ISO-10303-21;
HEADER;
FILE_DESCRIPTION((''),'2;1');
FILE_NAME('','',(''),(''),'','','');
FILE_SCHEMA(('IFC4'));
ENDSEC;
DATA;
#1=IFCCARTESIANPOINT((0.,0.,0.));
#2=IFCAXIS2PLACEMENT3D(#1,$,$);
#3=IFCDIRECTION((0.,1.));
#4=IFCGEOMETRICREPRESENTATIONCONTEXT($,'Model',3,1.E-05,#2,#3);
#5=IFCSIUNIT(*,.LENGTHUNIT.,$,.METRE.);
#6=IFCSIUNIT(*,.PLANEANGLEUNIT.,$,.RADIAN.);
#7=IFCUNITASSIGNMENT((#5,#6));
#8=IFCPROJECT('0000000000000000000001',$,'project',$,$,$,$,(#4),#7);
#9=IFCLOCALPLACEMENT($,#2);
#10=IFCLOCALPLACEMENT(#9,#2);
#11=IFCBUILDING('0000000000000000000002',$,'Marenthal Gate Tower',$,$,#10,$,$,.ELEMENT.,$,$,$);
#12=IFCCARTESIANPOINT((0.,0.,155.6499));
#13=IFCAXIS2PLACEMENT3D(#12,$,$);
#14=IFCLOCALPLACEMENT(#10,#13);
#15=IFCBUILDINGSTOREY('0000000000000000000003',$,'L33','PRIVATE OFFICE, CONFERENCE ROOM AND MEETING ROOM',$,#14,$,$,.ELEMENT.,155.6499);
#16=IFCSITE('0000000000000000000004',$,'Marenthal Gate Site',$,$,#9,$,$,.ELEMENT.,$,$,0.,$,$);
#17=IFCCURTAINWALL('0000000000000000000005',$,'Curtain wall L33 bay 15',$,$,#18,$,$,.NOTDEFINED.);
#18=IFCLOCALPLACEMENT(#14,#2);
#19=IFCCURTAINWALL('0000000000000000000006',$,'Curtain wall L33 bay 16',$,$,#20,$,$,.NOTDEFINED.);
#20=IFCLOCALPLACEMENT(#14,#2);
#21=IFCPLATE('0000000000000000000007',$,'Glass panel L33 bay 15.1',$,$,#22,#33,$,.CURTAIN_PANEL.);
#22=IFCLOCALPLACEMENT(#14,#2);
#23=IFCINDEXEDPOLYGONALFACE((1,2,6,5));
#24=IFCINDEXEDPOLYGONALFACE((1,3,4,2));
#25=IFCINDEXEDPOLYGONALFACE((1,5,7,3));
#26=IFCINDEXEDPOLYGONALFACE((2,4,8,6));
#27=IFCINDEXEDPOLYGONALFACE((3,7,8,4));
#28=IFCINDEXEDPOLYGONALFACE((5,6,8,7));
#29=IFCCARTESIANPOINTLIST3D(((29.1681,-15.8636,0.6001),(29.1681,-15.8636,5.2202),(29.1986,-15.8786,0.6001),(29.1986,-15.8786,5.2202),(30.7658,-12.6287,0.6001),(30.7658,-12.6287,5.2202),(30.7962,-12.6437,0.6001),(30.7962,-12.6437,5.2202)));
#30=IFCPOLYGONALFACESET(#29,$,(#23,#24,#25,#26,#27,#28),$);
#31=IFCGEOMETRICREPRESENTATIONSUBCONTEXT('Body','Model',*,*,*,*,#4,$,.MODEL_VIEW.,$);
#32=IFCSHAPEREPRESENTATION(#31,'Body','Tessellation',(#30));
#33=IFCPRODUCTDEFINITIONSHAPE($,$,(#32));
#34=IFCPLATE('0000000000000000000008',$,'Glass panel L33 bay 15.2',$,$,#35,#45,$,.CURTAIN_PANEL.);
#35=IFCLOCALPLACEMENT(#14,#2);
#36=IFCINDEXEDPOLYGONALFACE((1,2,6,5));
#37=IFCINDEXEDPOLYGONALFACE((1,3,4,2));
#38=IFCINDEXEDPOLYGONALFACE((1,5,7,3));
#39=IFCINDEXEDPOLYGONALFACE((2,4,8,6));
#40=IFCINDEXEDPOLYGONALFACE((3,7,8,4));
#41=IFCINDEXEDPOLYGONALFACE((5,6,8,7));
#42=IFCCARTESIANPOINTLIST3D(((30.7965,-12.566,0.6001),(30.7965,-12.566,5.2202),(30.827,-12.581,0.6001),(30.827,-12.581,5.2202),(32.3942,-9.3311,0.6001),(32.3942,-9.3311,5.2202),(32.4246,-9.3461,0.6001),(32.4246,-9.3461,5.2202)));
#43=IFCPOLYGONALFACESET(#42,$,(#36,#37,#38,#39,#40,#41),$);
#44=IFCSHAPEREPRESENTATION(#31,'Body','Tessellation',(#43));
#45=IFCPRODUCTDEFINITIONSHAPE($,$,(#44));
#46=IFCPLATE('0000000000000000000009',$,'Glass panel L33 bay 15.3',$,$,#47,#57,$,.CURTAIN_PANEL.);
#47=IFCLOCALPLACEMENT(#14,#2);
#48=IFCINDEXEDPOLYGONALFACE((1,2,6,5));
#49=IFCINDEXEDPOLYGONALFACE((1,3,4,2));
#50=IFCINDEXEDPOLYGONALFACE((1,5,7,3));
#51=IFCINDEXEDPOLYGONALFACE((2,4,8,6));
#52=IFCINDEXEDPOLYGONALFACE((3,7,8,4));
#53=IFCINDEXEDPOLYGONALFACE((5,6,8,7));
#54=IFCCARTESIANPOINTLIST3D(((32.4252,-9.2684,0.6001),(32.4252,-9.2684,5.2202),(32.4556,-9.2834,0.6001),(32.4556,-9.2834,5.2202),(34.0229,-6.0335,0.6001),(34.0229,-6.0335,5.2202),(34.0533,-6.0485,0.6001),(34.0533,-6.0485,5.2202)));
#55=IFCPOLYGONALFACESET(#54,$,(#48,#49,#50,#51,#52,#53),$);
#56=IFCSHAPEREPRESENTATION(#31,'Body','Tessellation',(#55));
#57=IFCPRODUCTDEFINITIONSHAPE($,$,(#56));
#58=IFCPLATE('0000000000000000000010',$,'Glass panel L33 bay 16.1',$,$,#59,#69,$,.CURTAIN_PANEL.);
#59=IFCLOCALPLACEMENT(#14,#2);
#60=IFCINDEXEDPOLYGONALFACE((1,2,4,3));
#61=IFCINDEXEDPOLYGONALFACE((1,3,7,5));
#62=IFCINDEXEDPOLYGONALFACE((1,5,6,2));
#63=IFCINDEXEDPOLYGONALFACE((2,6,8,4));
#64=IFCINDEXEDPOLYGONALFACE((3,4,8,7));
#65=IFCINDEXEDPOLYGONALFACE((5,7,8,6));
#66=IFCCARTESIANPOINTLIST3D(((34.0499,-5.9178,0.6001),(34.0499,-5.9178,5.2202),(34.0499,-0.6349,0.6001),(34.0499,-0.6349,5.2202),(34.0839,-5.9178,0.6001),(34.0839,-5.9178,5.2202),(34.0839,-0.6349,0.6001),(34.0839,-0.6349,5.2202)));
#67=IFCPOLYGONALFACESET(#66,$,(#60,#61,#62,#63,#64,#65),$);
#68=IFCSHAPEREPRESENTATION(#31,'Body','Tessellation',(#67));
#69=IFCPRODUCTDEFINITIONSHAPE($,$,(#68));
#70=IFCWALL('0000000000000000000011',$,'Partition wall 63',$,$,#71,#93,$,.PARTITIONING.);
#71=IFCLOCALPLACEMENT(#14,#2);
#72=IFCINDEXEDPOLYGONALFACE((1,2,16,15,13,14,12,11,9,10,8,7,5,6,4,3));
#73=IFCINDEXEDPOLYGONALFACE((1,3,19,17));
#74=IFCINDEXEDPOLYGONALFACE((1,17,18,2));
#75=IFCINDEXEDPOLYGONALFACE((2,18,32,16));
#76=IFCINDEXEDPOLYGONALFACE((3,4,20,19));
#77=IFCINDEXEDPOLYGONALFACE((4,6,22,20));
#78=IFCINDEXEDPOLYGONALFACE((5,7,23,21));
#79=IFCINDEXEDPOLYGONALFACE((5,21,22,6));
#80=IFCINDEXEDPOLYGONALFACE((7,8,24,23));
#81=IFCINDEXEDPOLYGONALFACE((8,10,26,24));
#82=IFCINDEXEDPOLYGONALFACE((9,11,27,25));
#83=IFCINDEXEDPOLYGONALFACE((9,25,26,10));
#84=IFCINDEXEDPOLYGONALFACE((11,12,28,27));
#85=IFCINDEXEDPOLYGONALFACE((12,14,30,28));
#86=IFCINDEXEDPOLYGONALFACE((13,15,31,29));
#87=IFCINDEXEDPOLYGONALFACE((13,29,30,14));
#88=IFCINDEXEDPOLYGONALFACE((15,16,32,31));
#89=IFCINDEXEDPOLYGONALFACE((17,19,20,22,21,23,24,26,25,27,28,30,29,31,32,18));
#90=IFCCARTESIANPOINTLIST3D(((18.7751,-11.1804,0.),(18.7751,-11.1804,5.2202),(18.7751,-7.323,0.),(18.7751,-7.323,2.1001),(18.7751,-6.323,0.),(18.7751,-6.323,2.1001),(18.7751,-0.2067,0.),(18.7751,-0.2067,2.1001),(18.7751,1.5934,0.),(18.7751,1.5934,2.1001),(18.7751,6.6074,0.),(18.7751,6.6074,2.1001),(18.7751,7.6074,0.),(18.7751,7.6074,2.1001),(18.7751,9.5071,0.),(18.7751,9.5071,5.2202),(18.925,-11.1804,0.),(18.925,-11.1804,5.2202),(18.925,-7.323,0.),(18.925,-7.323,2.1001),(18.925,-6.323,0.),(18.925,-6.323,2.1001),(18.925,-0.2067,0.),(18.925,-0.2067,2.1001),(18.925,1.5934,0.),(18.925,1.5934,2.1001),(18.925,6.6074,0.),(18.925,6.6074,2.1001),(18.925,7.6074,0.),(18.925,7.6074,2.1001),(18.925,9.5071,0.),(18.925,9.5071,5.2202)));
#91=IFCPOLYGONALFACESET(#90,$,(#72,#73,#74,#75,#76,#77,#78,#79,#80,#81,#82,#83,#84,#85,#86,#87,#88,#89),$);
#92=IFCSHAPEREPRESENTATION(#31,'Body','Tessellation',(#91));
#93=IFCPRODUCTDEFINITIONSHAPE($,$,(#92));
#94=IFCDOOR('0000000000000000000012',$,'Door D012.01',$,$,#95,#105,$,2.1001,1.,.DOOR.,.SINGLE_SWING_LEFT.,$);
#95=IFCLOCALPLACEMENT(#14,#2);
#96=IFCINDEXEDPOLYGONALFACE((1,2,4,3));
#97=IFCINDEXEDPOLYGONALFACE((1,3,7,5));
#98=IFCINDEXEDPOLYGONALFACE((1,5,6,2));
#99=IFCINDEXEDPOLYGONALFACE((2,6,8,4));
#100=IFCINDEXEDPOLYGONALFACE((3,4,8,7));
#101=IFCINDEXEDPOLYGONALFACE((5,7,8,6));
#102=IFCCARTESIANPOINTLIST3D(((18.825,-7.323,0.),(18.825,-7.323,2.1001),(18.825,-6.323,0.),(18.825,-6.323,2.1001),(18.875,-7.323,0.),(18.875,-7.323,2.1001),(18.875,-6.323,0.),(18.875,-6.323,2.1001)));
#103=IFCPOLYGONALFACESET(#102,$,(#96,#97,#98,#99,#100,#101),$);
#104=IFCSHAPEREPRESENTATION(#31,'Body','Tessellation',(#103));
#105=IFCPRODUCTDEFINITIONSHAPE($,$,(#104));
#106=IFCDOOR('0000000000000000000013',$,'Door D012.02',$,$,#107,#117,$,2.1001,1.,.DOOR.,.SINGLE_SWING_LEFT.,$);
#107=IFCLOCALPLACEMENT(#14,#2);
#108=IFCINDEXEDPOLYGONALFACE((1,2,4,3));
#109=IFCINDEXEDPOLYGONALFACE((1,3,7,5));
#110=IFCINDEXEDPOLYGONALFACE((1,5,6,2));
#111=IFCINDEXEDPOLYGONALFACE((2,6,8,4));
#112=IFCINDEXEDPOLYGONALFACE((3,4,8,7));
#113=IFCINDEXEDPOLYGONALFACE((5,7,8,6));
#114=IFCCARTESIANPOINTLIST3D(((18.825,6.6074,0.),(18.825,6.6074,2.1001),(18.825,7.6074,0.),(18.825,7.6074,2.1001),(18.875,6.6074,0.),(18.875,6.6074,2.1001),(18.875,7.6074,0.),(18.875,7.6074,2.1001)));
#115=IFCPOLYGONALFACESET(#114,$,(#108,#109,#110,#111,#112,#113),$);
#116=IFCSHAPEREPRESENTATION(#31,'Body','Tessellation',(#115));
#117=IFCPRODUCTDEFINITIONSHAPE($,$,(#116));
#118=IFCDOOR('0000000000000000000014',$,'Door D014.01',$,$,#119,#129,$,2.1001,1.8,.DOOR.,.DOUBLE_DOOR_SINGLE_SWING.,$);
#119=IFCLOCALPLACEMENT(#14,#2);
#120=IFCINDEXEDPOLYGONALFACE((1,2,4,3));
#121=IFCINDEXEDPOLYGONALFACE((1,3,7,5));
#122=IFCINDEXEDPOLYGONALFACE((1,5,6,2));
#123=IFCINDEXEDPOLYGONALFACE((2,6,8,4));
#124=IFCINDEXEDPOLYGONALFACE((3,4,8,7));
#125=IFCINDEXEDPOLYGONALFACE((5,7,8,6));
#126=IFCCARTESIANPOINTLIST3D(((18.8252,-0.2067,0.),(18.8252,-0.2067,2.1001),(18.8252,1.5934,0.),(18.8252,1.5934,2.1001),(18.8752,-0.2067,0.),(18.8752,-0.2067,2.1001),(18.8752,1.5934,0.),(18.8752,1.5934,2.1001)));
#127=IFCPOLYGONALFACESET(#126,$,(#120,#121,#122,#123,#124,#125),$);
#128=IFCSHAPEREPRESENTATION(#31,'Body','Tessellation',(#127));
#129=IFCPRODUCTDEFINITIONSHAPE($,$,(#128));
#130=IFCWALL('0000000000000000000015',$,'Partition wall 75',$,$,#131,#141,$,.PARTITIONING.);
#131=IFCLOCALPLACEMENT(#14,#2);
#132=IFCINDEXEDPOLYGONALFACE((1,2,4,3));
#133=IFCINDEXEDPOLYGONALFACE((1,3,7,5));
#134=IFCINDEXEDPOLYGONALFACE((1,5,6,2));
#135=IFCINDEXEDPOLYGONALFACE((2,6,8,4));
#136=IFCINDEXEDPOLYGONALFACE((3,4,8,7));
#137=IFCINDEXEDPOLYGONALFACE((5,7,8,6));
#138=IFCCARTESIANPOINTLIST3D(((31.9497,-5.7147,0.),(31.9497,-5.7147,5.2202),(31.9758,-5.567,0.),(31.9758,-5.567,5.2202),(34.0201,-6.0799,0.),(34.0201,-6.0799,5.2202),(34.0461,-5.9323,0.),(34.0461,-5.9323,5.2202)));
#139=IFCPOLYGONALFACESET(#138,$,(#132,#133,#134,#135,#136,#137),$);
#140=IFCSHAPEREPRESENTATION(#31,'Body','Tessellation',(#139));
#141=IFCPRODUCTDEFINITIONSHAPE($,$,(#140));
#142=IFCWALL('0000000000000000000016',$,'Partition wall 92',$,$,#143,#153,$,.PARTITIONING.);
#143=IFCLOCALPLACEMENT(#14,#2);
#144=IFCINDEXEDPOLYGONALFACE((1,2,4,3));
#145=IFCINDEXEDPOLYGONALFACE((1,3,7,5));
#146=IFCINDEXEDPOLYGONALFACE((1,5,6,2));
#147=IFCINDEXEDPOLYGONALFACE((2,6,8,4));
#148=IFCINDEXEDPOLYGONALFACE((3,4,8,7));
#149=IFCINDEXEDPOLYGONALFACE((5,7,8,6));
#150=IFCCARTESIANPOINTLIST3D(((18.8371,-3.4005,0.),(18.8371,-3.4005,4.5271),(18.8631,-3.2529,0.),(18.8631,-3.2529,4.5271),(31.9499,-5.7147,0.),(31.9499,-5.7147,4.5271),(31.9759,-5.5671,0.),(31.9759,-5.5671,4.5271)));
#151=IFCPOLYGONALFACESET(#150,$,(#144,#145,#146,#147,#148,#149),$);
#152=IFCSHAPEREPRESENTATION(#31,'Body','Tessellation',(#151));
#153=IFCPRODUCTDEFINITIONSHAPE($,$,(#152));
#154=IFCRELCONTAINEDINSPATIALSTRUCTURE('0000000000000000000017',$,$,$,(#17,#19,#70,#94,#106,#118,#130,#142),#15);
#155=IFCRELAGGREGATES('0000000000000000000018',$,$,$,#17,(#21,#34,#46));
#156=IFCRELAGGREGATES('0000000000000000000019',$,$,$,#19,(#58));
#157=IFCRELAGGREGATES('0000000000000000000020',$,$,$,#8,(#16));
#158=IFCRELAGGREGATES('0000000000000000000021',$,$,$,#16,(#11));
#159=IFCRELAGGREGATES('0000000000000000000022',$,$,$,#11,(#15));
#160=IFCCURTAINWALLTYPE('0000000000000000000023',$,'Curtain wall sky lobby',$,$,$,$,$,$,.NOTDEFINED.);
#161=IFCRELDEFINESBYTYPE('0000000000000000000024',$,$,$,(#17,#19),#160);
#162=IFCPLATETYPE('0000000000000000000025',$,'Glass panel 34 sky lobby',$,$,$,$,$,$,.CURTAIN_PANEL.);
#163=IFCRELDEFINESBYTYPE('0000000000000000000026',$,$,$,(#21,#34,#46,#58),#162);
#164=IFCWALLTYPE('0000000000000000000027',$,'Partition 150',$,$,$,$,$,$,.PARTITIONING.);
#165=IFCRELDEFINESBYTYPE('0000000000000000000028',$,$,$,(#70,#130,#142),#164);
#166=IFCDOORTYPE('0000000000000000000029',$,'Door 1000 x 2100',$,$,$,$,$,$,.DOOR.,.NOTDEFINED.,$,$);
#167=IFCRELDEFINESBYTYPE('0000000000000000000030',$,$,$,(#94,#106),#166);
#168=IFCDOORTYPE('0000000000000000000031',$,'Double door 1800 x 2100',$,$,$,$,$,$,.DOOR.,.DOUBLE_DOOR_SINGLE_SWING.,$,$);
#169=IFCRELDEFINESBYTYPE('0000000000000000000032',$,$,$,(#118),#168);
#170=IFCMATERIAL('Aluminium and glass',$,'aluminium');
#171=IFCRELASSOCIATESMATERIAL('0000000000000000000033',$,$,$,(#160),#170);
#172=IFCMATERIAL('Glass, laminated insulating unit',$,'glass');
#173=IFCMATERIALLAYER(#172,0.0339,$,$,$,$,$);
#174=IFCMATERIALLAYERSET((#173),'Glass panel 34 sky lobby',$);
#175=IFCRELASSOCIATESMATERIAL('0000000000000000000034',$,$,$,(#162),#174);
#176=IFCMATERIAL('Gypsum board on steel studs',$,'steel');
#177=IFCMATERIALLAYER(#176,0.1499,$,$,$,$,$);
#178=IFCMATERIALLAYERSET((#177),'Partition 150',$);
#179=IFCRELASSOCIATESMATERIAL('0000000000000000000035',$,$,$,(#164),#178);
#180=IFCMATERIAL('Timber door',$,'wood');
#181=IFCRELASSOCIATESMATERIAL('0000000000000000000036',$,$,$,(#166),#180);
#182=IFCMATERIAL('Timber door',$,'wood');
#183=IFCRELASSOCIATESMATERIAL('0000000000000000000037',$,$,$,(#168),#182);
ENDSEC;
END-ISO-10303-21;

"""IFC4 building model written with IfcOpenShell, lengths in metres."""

from ifc_helpers import new_model, si_unit, direction, frame, frame_2d, origin, origin_2d, place, context, subcontext, project, spatial, rectangle, extrude, material, layer, layer_set, type_object, element, fill, aggregate, save


model = new_model("IFC4")

# Units and contexts
model_context = context("Model", 3, precision=1e-05, world=origin(), true_north=direction((0.0, 1.0)))
body_context = subcontext(model_context, "Body", "Model", "MODEL_VIEW")
ifc_project = project(units=[si_unit("LENGTHUNIT", "METRE"), si_unit("PLANEANGLEUNIT", "RADIAN")], contexts=[model_context])

# Site, building, storey
site_placement = place(None, origin())
site = spatial("IfcSite", under=ifc_project, at=site_placement, Name="Marenthal Gate Site", CompositionType="ELEMENT", RefElevation=0.0)
building_placement = place(site_placement, origin())
building = spatial("IfcBuilding", under=site, at=building_placement, Name="Marenthal Gate Tower", CompositionType="ELEMENT")
storey_placement = place(building_placement, frame((0.0, 0.0, 155.6499)))
storey = spatial("IfcBuildingStorey", under=building, at=storey_placement, Name="L33", Description="PRIVATE OFFICE, CONFERENCE ROOM AND MEETING ROOM", CompositionType="ELEMENT", Elevation=155.6499)

# Curtain walls
ifc_material_1 = material(Name="Aluminium and glass", Category="aluminium")
curtain_wall_type = type_object("IfcCurtainWallType", Name="Curtain wall sky lobby", PredefinedType="NOTDEFINED", material=ifc_material_1)
curtain_wall_1_placement = place(storey_placement, origin())
curtain_wall_1 = element("IfcCurtainWall", 1, at=curtain_wall_1_placement, inside=storey, type_object=curtain_wall_type, Name="Curtain wall L33 bay 15", PredefinedType="NOTDEFINED")
curtain_wall_2_placement = place(storey_placement, origin())
curtain_wall_2 = element("IfcCurtainWall", 2, at=curtain_wall_2_placement, inside=storey, type_object=curtain_wall_type, Name="Curtain wall L33 bay 16", PredefinedType="NOTDEFINED")

# Plates
ifc_material_2 = material(Name="Glass, laminated insulating unit", Category="glass")
ifc_layer_1 = layer(ifc_material_2, 0.0339)
ifc_layer_set_1 = layer_set([ifc_layer_1], Name="Glass panel 34 sky lobby")
plate_type = type_object("IfcPlateType", Name="Glass panel 34 sky lobby", PredefinedType="CURTAIN_PANEL", material=ifc_layer_set_1)
plate_1_placement = place(storey_placement, frame((29.9822, -14.2537, 0.6001), z_axis=(0.0, 0.0, 1.0), x_axis=(0.442824, 0.896609, 0.0)))
plate_1 = element("IfcPlate", 3, at=plate_1_placement, type_object=plate_type, Name="Glass panel L33 bay 15.1", PredefinedType="CURTAIN_PANEL", context=body_context, shape_type="SweptSolid", body=[
    extrude(rectangle(XDim=3.6079, YDim=0.0339, at=origin_2d()), origin(), (0.0, 0.0, 1.0), 4.6201),
])
plate_2_placement = place(storey_placement, frame((31.6106, -10.9561, 0.6001), z_axis=(0.0, 0.0, 1.0), x_axis=(0.442824, 0.896609, 0.0)))
plate_2 = element("IfcPlate", 4, at=plate_2_placement, type_object=plate_type, Name="Glass panel L33 bay 15.2", PredefinedType="CURTAIN_PANEL", context=body_context, shape_type="SweptSolid", body=[
    extrude(rectangle(XDim=3.6079, YDim=0.0339, at=origin_2d()), origin(), (0.0, 0.0, 1.0), 4.6201),
])
plate_3_placement = place(storey_placement, frame((33.2393, -7.6584, 0.6001), z_axis=(0.0, 0.0, 1.0), x_axis=(0.442824, 0.896609, 0.0)))
plate_3 = element("IfcPlate", 5, at=plate_3_placement, type_object=plate_type, Name="Glass panel L33 bay 15.3", PredefinedType="CURTAIN_PANEL", context=body_context, shape_type="SweptSolid", body=[
    extrude(rectangle(XDim=3.6079, YDim=0.0339, at=origin_2d()), origin(), (0.0, 0.0, 1.0), 4.6201),
])
aggregate(curtain_wall_1, [plate_1, plate_2, plate_3])
plate_4_placement = place(storey_placement, frame((34.0669, -3.2764, 0.6001), z_axis=(0.0, 0.0, 1.0), x_axis=(0.0, 1.0, 0.0)))
plate_4 = element("IfcPlate", 6, at=plate_4_placement, type_object=plate_type, Name="Glass panel L33 bay 16.1", PredefinedType="CURTAIN_PANEL", context=body_context, shape_type="SweptSolid", body=[
    extrude(rectangle(XDim=5.283, YDim=0.0339, at=origin_2d()), origin(), (0.0, 0.0, 1.0), 4.6201),
])
aggregate(curtain_wall_2, [plate_4])

# Wall, openings, doors
ifc_material_3 = material(Name="Gypsum board on steel studs", Category="steel")
ifc_layer_2 = layer(ifc_material_3, 0.1499)
ifc_layer_set_2 = layer_set([ifc_layer_2], Name="Partition 150")
wall_type = type_object("IfcWallType", Name="Partition 150", PredefinedType="PARTITIONING", material=ifc_layer_set_2)
wall_1_placement = place(storey_placement, frame((18.8501, -11.1804, 0.0), z_axis=(0.0, 0.0, 1.0), x_axis=(0.0, 1.0, 0.0)))
wall_1 = element("IfcWall", 7, at=wall_1_placement, inside=storey, type_object=wall_type, Name="Partition wall 63", PredefinedType="PARTITIONING", context=body_context, shape_type="SweptSolid", body=[
    extrude(rectangle(XDim=20.6875, YDim=0.1499, at=frame_2d((10.3438, 0.0))), origin(), (0.0, 0.0, 1.0), 5.2202),
])
opening_1_placement = place(wall_1_placement, frame((3.8574, 0.0, 0.0)))
opening_1 = element("IfcOpeningElement", 8, at=opening_1_placement, cuts=wall_1, PredefinedType="OPENING", context=body_context, shape_type="SweptSolid", body=[
    extrude(rectangle(XDim=1.0, YDim=2.1001, at=frame_2d((0.5, 1.05))), frame((0.0, 0.085, 0.0), z_axis=(0.0, -1.0, 0.0), x_axis=(1.0, 0.0, 0.0)), (0.0, 0.0, 1.0), 0.1699),
])
opening_2_placement = place(wall_1_placement, frame((10.9739, 0.0, 0.0)))
opening_2 = element("IfcOpeningElement", 9, at=opening_2_placement, cuts=wall_1, PredefinedType="OPENING", context=body_context, shape_type="SweptSolid", body=[
    extrude(rectangle(XDim=1.8, YDim=2.1001, at=frame_2d((0.8999, 1.05))), frame((0.0, 0.085, 0.0), z_axis=(0.0, -1.0, 0.0), x_axis=(1.0, 0.0, 0.0)), (0.0, 0.0, 1.0), 0.1699),
])
opening_3_placement = place(wall_1_placement, frame((17.7878, 0.0, 0.0)))
opening_3 = element("IfcOpeningElement", 10, at=opening_3_placement, cuts=wall_1, PredefinedType="OPENING", context=body_context, shape_type="SweptSolid", body=[
    extrude(rectangle(XDim=1.0, YDim=2.1001, at=frame_2d((0.5, 1.05))), frame((0.0, 0.085, 0.0), z_axis=(0.0, -1.0, 0.0), x_axis=(1.0, 0.0, 0.0)), (0.0, 0.0, 1.0), 0.1699),
])
ifc_material_4 = material(Name="Timber door", Category="wood")
door_type_1 = type_object("IfcDoorType", Name="Door 1000 x 2100", OperationType="NOTDEFINED", PredefinedType="DOOR", material=ifc_material_4)
door_1_placement = place(opening_1_placement, frame((1.0, 0.0, 0.0), z_axis=(0.0, 0.0, 1.0), x_axis=(-1.0, 0.0, 0.0)))
door_1 = element("IfcDoor", 11, at=door_1_placement, inside=storey, type_object=door_type_1, Name="Door D012.01", OperationType="SINGLE_SWING_LEFT", OverallHeight=2.1001, OverallWidth=1.0, PredefinedType="DOOR", context=body_context, shape_type="SweptSolid", body=[
    extrude(rectangle(XDim=1.0, YDim=2.1001, at=frame_2d((0.5, 1.05))), frame((0.0, 0.0249, 0.0), z_axis=(0.0, -1.0, 0.0), x_axis=(1.0, 0.0, 0.0)), (0.0, 0.0, 1.0), 0.05),
])
fill(opening_1, door_1)
door_2_placement = place(opening_3_placement, frame((1.0, 0.0, 0.0), z_axis=(0.0, 0.0, 1.0), x_axis=(-1.0, 0.0, 0.0)))
door_2 = element("IfcDoor", 12, at=door_2_placement, inside=storey, type_object=door_type_1, Name="Door D012.02", OperationType="SINGLE_SWING_LEFT", OverallHeight=2.1001, OverallWidth=1.0, PredefinedType="DOOR", context=body_context, shape_type="SweptSolid", body=[
    extrude(rectangle(XDim=1.0, YDim=2.1001, at=frame_2d((0.5, 1.05))), frame((0.0, 0.0249, 0.0), z_axis=(0.0, -1.0, 0.0), x_axis=(1.0, 0.0, 0.0)), (0.0, 0.0, 1.0), 0.05),
])
fill(opening_3, door_2)
ifc_material_5 = material(Name="Timber door", Category="wood")
door_type_2 = type_object("IfcDoorType", Name="Double door 1800 x 2100", OperationType="DOUBLE_DOOR_SINGLE_SWING", PredefinedType="DOOR", material=ifc_material_5)
door_3_placement = place(opening_2_placement, origin())
door_3 = element("IfcDoor", 13, at=door_3_placement, inside=storey, type_object=door_type_2, Name="Door D014.01", OperationType="DOUBLE_DOOR_SINGLE_SWING", OverallHeight=2.1001, OverallWidth=1.8, PredefinedType="DOOR", context=body_context, shape_type="SweptSolid", body=[
    extrude(rectangle(XDim=1.8, YDim=2.1001, at=frame_2d((0.8999, 1.05))), frame((0.0, 0.0249, 0.0), z_axis=(0.0, -1.0, 0.0), x_axis=(1.0, 0.0, 0.0)), (0.0, 0.0, 1.0), 0.05),
])
fill(opening_2, door_3)

# Walls
wall_2_placement = place(storey_placement, frame((34.0332, -6.0061, 0.0), z_axis=(0.0, 0.0, 1.0), x_axis=(-0.984793, 0.173732, 0.0)))
element("IfcWall", 14, at=wall_2_placement, inside=storey, type_object=wall_type, Name="Partition wall 75", PredefinedType="PARTITIONING", context=body_context, shape_type="SweptSolid", body=[
    extrude(rectangle(XDim=2.1023, YDim=0.1499, at=frame_2d((1.0513, 0.0))), origin(), (0.0, 0.0, 1.0), 5.2202),
])
wall_3_placement = place(storey_placement, frame((31.9629, -5.6409, 0.0), z_axis=(0.0, 0.0, 1.0), x_axis=(-0.984781, 0.173799, 0.0)))
element("IfcWall", 15, at=wall_3_placement, inside=storey, type_object=wall_type, Name="Partition wall 92", PredefinedType="PARTITIONING", context=body_context, shape_type="SweptSolid", body=[
    extrude(rectangle(XDim=13.3154, YDim=0.1499, at=frame_2d((6.6577, 0.0))), origin(), (0.0, 0.0, 1.0), 4.5271),
])

save(model, "model.ifc")
